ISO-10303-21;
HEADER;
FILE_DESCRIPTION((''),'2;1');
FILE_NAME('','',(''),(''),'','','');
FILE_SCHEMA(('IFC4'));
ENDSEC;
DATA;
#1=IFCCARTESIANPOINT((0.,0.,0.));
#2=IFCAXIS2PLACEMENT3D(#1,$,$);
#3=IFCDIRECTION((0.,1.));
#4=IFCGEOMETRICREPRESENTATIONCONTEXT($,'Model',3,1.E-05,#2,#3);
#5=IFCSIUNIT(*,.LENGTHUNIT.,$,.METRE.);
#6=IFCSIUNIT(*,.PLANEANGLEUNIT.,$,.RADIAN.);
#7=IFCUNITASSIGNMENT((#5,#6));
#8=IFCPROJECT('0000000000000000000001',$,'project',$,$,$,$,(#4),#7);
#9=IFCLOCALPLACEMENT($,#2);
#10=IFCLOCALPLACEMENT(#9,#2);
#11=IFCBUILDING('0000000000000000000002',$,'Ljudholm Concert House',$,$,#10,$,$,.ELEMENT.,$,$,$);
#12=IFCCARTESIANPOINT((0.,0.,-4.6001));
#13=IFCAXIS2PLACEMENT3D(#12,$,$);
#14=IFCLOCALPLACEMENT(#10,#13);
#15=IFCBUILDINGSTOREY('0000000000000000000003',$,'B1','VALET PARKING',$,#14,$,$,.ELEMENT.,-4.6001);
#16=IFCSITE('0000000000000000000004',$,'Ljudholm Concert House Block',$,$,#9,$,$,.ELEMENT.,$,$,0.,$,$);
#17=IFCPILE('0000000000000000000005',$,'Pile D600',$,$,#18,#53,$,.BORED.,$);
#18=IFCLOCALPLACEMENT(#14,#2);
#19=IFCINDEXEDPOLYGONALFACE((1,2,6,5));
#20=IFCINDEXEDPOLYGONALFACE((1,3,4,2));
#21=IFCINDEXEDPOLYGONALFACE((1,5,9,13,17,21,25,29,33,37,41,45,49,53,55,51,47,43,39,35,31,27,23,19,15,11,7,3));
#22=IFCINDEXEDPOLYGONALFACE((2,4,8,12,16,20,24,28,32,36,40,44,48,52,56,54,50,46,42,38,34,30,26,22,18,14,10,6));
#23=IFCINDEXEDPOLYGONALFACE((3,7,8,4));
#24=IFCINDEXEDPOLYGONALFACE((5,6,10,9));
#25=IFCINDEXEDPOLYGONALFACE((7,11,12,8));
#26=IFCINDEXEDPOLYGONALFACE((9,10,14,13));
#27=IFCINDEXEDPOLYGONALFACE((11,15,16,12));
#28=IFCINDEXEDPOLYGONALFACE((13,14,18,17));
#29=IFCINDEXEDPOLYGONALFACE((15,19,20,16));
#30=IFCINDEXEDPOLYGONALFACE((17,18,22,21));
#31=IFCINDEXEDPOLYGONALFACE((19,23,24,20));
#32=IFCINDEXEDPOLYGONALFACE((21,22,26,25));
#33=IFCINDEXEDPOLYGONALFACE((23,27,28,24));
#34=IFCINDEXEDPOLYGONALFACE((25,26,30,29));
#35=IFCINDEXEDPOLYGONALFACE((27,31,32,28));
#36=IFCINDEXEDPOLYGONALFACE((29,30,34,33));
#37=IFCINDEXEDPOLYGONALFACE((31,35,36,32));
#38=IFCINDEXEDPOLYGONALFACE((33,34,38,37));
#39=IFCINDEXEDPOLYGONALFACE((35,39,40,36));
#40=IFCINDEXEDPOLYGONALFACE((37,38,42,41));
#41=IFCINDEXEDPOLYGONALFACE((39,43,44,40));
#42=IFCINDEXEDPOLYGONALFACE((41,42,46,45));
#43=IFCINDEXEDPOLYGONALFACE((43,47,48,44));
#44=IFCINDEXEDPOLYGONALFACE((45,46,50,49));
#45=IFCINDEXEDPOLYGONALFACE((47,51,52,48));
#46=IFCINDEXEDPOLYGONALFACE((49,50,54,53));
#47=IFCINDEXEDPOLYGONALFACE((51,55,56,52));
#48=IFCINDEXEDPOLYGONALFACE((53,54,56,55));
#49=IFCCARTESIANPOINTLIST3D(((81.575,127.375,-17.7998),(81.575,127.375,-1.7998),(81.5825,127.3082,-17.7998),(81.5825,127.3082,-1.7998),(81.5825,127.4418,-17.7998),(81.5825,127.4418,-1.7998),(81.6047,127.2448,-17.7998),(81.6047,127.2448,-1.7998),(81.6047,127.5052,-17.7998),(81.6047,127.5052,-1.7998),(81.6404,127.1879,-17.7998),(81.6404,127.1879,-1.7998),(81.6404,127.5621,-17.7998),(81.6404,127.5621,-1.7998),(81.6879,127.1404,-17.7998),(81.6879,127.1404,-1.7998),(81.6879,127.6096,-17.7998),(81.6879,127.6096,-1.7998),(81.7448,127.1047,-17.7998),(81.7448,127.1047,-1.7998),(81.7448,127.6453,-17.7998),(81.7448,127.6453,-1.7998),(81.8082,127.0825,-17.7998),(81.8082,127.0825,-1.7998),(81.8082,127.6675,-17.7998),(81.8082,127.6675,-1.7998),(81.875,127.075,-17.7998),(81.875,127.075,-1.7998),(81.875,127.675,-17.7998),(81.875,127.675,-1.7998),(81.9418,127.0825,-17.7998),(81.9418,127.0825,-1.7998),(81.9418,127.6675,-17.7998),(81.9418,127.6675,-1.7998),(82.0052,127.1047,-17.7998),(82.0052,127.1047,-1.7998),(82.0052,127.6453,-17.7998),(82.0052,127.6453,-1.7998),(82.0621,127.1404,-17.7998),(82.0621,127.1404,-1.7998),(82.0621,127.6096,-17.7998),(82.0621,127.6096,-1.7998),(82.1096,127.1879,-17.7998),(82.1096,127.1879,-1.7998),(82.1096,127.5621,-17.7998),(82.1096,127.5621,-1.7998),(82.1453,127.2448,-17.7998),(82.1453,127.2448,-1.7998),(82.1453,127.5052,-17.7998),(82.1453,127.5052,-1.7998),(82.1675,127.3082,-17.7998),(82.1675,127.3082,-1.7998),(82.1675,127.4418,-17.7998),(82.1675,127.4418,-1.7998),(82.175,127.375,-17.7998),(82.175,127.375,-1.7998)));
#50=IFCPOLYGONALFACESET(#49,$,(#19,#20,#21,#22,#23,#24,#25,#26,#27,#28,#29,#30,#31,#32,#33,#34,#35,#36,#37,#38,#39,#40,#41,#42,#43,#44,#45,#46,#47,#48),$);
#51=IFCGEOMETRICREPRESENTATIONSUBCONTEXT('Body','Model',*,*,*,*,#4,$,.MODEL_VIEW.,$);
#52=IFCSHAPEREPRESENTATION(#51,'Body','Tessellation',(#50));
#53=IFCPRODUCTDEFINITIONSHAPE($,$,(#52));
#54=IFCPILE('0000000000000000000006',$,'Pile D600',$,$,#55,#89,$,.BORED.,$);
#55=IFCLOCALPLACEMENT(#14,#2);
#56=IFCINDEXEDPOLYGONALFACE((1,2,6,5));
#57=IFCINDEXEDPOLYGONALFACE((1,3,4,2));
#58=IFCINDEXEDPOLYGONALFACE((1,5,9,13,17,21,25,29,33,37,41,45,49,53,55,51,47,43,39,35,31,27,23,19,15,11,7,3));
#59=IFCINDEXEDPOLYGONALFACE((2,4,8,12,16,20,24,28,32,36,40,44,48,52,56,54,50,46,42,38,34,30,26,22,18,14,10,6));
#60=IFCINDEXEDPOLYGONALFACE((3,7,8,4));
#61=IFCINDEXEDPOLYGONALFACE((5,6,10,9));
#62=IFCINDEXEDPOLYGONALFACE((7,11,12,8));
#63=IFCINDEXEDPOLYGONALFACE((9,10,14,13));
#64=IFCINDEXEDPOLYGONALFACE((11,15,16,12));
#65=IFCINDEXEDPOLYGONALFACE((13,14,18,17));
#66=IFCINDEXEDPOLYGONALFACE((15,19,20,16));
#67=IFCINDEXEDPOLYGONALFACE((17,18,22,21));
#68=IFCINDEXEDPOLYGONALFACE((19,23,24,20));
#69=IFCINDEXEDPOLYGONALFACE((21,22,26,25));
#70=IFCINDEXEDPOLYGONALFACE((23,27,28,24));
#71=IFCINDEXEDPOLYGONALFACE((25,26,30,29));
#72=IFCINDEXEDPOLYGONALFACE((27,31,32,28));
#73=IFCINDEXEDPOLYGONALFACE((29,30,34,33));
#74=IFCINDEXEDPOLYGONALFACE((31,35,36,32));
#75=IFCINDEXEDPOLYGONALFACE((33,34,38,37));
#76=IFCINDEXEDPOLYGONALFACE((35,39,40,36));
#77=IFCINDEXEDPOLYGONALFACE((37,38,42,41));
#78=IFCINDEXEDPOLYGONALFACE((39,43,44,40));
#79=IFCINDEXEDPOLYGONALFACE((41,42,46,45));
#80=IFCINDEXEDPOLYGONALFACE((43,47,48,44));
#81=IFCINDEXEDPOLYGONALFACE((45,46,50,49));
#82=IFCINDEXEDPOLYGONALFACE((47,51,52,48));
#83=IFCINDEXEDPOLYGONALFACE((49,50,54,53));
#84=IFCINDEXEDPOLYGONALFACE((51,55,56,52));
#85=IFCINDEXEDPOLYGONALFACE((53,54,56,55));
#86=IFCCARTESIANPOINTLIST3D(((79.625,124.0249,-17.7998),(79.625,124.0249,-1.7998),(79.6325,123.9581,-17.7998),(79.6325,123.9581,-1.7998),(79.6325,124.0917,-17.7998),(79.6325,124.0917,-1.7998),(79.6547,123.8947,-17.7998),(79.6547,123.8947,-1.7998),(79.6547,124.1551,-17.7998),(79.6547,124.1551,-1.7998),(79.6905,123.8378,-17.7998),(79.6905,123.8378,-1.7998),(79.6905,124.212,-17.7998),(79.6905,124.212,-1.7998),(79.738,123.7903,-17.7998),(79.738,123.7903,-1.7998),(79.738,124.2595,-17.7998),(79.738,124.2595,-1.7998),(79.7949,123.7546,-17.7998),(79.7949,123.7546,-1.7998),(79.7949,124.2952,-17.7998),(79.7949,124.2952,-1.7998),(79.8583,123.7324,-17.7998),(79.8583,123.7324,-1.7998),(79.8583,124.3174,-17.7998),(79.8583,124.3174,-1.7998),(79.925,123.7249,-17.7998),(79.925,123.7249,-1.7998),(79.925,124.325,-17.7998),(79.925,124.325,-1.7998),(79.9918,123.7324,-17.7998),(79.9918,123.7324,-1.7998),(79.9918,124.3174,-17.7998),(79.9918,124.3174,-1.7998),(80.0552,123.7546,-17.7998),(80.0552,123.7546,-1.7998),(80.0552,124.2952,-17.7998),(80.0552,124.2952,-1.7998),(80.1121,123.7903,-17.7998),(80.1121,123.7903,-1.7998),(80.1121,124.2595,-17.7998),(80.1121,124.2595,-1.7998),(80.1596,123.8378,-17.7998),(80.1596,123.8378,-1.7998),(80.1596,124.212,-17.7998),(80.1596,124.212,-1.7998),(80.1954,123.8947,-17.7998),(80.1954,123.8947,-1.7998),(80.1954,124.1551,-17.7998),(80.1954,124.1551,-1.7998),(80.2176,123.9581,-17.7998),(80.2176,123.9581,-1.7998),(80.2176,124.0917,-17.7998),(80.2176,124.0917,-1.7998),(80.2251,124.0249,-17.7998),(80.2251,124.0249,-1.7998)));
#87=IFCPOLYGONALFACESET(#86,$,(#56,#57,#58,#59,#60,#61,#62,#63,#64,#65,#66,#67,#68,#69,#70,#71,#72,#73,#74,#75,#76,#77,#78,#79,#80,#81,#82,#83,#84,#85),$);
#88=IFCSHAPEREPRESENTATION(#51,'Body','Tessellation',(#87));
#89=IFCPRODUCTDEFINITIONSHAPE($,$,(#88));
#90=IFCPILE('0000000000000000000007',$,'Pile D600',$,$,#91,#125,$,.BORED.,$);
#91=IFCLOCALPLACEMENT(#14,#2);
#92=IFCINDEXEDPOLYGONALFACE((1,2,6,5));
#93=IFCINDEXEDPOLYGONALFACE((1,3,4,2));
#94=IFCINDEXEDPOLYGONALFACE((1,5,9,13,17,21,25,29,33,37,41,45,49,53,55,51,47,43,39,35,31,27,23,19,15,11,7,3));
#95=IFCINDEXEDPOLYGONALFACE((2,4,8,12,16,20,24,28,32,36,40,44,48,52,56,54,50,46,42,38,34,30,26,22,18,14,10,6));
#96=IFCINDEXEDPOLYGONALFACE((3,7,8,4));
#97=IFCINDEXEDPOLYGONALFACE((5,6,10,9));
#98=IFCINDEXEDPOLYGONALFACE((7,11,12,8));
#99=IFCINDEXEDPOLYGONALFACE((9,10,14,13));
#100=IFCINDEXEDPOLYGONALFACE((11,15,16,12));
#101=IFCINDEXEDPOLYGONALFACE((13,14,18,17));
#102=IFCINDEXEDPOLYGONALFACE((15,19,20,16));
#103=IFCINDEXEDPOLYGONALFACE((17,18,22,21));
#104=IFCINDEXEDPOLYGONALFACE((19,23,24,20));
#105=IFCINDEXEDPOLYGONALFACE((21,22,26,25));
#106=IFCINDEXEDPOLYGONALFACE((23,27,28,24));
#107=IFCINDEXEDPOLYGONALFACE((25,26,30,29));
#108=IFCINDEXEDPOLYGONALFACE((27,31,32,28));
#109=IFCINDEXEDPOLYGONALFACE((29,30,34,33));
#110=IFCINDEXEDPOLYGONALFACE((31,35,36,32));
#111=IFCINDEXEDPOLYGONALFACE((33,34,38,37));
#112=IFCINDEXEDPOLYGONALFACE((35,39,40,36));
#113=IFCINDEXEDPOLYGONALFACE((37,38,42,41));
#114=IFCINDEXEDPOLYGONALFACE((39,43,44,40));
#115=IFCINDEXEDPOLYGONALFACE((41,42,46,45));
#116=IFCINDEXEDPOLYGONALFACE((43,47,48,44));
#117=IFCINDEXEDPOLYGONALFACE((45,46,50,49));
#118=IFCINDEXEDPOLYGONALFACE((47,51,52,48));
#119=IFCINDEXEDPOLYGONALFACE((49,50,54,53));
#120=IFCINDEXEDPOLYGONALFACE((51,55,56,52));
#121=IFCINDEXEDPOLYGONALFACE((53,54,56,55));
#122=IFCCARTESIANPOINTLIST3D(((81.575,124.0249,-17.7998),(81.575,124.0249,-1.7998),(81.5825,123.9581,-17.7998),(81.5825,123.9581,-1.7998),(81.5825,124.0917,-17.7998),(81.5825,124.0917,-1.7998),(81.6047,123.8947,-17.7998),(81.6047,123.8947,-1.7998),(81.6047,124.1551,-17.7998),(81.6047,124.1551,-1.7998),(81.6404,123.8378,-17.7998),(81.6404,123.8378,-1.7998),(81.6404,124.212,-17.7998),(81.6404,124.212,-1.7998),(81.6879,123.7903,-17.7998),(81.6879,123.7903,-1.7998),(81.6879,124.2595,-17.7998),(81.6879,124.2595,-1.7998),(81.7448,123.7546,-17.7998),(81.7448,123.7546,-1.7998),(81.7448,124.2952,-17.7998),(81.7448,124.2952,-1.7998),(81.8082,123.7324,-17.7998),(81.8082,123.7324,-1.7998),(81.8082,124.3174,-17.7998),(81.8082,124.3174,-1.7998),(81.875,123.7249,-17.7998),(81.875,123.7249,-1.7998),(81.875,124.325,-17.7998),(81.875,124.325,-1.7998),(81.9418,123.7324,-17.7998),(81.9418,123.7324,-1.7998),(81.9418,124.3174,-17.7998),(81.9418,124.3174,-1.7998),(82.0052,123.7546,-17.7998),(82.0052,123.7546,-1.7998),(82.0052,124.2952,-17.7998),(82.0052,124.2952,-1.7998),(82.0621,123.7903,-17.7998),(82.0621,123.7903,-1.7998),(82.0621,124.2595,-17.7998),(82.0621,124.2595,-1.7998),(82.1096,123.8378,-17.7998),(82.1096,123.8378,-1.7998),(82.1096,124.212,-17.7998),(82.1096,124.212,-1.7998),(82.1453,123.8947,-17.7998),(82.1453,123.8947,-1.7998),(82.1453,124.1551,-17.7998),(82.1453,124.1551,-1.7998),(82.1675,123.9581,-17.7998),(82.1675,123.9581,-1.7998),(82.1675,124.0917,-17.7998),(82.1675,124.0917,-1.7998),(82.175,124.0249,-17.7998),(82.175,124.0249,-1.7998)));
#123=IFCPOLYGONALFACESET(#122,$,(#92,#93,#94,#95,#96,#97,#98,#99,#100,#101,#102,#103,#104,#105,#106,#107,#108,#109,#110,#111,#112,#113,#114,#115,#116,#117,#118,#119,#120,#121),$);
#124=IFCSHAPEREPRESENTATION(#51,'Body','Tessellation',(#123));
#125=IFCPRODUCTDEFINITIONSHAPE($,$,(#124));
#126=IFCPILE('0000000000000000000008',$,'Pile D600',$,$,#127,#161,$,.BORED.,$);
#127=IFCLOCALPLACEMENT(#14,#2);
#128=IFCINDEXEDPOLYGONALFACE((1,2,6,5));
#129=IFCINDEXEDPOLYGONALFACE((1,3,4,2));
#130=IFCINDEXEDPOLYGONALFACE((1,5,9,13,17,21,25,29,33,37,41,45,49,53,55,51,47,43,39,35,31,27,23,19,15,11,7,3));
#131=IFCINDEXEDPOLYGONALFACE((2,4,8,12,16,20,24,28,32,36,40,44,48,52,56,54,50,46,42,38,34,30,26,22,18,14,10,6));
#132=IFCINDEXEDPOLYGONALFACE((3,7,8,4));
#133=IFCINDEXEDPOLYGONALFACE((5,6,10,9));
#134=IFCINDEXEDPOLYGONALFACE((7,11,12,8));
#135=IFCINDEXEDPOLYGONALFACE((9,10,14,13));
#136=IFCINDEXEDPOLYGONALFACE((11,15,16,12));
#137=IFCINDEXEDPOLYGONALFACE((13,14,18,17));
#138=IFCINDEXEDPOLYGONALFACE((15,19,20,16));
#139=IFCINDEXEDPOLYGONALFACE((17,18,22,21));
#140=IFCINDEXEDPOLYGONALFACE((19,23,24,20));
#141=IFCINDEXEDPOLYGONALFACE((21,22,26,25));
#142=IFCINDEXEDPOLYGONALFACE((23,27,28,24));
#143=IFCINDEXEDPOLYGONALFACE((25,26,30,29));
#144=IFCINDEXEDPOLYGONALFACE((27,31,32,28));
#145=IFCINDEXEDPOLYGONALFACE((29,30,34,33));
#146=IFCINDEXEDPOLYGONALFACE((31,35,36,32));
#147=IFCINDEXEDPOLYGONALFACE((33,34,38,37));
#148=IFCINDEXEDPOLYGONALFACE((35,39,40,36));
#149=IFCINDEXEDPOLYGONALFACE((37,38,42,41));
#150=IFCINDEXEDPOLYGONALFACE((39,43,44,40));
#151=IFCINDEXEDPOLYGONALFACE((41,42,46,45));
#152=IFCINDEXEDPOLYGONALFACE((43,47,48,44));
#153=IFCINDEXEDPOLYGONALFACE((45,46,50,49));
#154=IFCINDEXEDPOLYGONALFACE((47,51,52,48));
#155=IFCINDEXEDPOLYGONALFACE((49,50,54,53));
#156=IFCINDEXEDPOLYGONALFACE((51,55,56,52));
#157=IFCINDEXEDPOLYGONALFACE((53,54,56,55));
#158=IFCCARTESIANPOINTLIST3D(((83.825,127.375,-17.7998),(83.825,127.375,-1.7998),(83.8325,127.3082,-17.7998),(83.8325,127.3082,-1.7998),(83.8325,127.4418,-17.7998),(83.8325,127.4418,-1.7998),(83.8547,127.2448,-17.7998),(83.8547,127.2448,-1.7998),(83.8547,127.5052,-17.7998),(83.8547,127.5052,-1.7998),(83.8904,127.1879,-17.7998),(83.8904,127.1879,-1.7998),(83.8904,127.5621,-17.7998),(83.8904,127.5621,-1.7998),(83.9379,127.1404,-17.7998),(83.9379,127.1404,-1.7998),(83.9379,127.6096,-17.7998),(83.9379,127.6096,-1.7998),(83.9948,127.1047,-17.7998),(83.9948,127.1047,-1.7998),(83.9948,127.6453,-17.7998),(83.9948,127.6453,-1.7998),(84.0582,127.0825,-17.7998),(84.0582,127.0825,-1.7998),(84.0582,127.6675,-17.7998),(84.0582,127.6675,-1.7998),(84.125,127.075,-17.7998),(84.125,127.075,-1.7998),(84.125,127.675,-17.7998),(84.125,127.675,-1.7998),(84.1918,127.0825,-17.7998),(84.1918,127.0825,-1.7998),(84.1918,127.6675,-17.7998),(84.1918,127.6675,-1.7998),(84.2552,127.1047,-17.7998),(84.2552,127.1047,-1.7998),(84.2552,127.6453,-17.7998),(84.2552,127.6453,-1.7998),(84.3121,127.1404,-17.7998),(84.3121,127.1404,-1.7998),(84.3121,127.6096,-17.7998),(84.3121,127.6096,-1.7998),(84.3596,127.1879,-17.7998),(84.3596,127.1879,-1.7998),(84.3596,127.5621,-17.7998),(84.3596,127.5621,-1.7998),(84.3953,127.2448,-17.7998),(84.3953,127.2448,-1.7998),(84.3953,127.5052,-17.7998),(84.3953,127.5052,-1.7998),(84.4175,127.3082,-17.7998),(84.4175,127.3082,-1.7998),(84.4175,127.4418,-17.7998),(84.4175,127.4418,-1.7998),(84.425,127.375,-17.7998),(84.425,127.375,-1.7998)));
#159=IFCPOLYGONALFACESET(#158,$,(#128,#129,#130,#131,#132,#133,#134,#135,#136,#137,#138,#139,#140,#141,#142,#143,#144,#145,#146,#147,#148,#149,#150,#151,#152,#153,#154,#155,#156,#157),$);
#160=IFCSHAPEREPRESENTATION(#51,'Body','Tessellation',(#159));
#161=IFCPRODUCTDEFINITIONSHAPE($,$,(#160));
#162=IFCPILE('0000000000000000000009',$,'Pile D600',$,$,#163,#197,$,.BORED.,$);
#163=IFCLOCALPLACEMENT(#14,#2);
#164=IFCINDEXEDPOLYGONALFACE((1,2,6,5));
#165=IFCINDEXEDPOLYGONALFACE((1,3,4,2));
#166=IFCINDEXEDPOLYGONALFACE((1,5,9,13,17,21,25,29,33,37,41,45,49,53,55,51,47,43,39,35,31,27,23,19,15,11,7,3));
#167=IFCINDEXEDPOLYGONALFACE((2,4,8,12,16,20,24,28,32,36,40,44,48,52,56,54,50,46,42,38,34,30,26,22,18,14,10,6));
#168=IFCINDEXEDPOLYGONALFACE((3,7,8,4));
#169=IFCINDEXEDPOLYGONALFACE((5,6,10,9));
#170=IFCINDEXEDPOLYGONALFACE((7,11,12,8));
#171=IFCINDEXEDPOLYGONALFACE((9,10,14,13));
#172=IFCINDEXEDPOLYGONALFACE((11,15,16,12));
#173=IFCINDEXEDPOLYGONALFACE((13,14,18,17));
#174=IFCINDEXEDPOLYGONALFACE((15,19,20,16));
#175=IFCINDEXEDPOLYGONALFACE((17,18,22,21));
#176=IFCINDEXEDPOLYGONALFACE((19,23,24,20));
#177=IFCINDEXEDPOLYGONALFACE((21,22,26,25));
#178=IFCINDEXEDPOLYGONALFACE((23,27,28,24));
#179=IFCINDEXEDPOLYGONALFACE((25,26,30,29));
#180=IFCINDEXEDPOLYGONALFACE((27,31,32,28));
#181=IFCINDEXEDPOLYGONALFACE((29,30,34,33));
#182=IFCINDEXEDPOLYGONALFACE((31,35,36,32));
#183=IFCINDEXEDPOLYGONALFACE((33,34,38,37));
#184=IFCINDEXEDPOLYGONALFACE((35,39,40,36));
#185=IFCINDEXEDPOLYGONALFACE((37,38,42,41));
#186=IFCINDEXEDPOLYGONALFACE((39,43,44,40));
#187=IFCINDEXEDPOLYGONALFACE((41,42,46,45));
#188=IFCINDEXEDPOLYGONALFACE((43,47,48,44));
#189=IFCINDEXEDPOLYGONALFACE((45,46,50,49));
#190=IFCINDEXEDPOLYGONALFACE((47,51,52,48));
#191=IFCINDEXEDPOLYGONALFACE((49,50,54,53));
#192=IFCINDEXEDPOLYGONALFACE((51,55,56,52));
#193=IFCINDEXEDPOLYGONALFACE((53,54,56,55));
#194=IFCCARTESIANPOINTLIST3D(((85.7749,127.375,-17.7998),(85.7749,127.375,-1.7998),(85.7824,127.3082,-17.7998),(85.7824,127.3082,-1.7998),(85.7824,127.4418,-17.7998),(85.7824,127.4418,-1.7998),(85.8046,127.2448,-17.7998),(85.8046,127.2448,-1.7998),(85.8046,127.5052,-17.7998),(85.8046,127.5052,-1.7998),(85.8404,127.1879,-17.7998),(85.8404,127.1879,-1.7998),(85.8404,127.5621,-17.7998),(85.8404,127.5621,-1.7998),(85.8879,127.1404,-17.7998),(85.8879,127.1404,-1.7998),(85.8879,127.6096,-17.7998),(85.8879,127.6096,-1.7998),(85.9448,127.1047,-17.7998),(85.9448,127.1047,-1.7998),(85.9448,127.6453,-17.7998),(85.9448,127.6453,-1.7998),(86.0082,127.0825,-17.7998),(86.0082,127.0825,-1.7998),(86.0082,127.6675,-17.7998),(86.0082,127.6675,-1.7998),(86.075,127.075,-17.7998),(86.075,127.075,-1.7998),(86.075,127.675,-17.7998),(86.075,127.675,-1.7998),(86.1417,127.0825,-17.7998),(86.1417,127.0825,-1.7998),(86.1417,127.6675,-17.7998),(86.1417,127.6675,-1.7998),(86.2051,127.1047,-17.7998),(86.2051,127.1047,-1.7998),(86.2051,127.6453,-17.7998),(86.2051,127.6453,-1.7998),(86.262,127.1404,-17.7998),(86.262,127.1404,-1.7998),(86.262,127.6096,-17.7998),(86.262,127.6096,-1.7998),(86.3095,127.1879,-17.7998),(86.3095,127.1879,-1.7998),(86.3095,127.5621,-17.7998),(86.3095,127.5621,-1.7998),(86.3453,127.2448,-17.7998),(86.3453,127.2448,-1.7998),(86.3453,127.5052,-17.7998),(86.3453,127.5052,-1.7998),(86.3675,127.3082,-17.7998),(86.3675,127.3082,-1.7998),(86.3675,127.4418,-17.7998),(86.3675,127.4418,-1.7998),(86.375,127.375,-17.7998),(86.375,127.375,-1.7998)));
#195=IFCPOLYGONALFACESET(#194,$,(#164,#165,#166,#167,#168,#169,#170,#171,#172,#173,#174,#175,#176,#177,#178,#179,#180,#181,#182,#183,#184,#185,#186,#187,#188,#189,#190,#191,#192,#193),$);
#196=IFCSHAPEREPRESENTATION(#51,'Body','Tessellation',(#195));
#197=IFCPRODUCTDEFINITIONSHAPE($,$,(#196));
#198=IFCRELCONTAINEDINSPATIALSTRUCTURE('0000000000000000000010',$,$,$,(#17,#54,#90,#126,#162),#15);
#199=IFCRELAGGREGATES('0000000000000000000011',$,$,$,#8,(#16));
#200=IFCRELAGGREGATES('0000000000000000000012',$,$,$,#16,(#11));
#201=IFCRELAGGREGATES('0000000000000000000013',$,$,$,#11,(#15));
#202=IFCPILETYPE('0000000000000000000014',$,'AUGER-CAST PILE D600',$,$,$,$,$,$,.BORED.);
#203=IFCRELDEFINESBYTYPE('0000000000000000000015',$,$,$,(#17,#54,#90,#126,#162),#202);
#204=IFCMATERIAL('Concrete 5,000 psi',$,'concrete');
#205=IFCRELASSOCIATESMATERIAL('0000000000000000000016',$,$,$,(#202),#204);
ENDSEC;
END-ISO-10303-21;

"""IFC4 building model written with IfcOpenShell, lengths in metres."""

from ifc_helpers import new_model, si_unit, direction, frame, origin, origin_2d, place, context, subcontext, project, spatial, circle, extrude, material, material_profile, profile_set, type_object, element, save


model = new_model("IFC4")

# Units and contexts
model_context = context("Model", 3, precision=1e-05, world=origin(), true_north=direction((0.0, 1.0)))
body_context = subcontext(model_context, "Body", "Model", "MODEL_VIEW")
ifc_project = project(units=[si_unit("LENGTHUNIT", "METRE"), si_unit("PLANEANGLEUNIT", "RADIAN")], contexts=[model_context])

# Site, building, storey
site_placement = place(None, origin())
site = spatial("IfcSite", under=ifc_project, at=site_placement, Name="Ljudholm Concert House Block", CompositionType="ELEMENT", RefElevation=0.0)
building_placement = place(site_placement, origin())
building = spatial("IfcBuilding", under=site, at=building_placement, Name="Ljudholm Concert House", CompositionType="ELEMENT")
storey_placement = place(building_placement, frame((0.0, 0.0, -4.6001)))
storey = spatial("IfcBuildingStorey", under=building, at=storey_placement, Name="B1", Description="VALET PARKING", CompositionType="ELEMENT", Elevation=-4.6001)

# Piles
ifc_material_1 = material(Name="Concrete 5,000 psi", Category="concrete")
ifc_material_profile_1 = material_profile(ifc_material_1, circle(Radius=0.3, at=origin_2d()), Name="AUGER-CAST PILE D600")
ifc_profile_set_1 = profile_set([ifc_material_profile_1], Name="Concrete 5,000 psi")
pile_type = type_object("IfcPileType", Name="AUGER-CAST PILE D600", PredefinedType="BORED", material=ifc_profile_set_1)
for number, where, z_axis, x_axis, name in (
    (1, (81.875, 127.375, -1.7998), (0.0, 0.0, -1.0), (1.0, 0.0, 0.0), "Pile D600"),
    (2, (79.925, 124.0249, -1.7998), (0.0, 0.0, -1.0), (1.0, 0.0, 0.0), "Pile D600"),
    (3, (81.875, 124.0249, -1.7998), (0.0, 0.0, -1.0), (1.0, 0.0, 0.0), "Pile D600"),
    (4, (84.125, 127.375, -1.7998), (0.0, 0.0, -1.0), (1.0, 0.0, 0.0), "Pile D600"),
    (5, (86.075, 127.375, -1.7998), (0.0, 0.0, -1.0), (1.0, 0.0, 0.0), "Pile D600"),
):
    element("IfcPile", number, at=place(storey_placement, frame(where, z_axis=z_axis, x_axis=x_axis)), inside=storey, type_object=pile_type, Name=name, PredefinedType="BORED", context=body_context, shape_type="SweptSolid", body=[
        extrude(circle(Radius=0.3, at=origin_2d()), origin(), (0.0, 0.0, 1.0), 16.0),
    ])

save(model, "model.ifc")
